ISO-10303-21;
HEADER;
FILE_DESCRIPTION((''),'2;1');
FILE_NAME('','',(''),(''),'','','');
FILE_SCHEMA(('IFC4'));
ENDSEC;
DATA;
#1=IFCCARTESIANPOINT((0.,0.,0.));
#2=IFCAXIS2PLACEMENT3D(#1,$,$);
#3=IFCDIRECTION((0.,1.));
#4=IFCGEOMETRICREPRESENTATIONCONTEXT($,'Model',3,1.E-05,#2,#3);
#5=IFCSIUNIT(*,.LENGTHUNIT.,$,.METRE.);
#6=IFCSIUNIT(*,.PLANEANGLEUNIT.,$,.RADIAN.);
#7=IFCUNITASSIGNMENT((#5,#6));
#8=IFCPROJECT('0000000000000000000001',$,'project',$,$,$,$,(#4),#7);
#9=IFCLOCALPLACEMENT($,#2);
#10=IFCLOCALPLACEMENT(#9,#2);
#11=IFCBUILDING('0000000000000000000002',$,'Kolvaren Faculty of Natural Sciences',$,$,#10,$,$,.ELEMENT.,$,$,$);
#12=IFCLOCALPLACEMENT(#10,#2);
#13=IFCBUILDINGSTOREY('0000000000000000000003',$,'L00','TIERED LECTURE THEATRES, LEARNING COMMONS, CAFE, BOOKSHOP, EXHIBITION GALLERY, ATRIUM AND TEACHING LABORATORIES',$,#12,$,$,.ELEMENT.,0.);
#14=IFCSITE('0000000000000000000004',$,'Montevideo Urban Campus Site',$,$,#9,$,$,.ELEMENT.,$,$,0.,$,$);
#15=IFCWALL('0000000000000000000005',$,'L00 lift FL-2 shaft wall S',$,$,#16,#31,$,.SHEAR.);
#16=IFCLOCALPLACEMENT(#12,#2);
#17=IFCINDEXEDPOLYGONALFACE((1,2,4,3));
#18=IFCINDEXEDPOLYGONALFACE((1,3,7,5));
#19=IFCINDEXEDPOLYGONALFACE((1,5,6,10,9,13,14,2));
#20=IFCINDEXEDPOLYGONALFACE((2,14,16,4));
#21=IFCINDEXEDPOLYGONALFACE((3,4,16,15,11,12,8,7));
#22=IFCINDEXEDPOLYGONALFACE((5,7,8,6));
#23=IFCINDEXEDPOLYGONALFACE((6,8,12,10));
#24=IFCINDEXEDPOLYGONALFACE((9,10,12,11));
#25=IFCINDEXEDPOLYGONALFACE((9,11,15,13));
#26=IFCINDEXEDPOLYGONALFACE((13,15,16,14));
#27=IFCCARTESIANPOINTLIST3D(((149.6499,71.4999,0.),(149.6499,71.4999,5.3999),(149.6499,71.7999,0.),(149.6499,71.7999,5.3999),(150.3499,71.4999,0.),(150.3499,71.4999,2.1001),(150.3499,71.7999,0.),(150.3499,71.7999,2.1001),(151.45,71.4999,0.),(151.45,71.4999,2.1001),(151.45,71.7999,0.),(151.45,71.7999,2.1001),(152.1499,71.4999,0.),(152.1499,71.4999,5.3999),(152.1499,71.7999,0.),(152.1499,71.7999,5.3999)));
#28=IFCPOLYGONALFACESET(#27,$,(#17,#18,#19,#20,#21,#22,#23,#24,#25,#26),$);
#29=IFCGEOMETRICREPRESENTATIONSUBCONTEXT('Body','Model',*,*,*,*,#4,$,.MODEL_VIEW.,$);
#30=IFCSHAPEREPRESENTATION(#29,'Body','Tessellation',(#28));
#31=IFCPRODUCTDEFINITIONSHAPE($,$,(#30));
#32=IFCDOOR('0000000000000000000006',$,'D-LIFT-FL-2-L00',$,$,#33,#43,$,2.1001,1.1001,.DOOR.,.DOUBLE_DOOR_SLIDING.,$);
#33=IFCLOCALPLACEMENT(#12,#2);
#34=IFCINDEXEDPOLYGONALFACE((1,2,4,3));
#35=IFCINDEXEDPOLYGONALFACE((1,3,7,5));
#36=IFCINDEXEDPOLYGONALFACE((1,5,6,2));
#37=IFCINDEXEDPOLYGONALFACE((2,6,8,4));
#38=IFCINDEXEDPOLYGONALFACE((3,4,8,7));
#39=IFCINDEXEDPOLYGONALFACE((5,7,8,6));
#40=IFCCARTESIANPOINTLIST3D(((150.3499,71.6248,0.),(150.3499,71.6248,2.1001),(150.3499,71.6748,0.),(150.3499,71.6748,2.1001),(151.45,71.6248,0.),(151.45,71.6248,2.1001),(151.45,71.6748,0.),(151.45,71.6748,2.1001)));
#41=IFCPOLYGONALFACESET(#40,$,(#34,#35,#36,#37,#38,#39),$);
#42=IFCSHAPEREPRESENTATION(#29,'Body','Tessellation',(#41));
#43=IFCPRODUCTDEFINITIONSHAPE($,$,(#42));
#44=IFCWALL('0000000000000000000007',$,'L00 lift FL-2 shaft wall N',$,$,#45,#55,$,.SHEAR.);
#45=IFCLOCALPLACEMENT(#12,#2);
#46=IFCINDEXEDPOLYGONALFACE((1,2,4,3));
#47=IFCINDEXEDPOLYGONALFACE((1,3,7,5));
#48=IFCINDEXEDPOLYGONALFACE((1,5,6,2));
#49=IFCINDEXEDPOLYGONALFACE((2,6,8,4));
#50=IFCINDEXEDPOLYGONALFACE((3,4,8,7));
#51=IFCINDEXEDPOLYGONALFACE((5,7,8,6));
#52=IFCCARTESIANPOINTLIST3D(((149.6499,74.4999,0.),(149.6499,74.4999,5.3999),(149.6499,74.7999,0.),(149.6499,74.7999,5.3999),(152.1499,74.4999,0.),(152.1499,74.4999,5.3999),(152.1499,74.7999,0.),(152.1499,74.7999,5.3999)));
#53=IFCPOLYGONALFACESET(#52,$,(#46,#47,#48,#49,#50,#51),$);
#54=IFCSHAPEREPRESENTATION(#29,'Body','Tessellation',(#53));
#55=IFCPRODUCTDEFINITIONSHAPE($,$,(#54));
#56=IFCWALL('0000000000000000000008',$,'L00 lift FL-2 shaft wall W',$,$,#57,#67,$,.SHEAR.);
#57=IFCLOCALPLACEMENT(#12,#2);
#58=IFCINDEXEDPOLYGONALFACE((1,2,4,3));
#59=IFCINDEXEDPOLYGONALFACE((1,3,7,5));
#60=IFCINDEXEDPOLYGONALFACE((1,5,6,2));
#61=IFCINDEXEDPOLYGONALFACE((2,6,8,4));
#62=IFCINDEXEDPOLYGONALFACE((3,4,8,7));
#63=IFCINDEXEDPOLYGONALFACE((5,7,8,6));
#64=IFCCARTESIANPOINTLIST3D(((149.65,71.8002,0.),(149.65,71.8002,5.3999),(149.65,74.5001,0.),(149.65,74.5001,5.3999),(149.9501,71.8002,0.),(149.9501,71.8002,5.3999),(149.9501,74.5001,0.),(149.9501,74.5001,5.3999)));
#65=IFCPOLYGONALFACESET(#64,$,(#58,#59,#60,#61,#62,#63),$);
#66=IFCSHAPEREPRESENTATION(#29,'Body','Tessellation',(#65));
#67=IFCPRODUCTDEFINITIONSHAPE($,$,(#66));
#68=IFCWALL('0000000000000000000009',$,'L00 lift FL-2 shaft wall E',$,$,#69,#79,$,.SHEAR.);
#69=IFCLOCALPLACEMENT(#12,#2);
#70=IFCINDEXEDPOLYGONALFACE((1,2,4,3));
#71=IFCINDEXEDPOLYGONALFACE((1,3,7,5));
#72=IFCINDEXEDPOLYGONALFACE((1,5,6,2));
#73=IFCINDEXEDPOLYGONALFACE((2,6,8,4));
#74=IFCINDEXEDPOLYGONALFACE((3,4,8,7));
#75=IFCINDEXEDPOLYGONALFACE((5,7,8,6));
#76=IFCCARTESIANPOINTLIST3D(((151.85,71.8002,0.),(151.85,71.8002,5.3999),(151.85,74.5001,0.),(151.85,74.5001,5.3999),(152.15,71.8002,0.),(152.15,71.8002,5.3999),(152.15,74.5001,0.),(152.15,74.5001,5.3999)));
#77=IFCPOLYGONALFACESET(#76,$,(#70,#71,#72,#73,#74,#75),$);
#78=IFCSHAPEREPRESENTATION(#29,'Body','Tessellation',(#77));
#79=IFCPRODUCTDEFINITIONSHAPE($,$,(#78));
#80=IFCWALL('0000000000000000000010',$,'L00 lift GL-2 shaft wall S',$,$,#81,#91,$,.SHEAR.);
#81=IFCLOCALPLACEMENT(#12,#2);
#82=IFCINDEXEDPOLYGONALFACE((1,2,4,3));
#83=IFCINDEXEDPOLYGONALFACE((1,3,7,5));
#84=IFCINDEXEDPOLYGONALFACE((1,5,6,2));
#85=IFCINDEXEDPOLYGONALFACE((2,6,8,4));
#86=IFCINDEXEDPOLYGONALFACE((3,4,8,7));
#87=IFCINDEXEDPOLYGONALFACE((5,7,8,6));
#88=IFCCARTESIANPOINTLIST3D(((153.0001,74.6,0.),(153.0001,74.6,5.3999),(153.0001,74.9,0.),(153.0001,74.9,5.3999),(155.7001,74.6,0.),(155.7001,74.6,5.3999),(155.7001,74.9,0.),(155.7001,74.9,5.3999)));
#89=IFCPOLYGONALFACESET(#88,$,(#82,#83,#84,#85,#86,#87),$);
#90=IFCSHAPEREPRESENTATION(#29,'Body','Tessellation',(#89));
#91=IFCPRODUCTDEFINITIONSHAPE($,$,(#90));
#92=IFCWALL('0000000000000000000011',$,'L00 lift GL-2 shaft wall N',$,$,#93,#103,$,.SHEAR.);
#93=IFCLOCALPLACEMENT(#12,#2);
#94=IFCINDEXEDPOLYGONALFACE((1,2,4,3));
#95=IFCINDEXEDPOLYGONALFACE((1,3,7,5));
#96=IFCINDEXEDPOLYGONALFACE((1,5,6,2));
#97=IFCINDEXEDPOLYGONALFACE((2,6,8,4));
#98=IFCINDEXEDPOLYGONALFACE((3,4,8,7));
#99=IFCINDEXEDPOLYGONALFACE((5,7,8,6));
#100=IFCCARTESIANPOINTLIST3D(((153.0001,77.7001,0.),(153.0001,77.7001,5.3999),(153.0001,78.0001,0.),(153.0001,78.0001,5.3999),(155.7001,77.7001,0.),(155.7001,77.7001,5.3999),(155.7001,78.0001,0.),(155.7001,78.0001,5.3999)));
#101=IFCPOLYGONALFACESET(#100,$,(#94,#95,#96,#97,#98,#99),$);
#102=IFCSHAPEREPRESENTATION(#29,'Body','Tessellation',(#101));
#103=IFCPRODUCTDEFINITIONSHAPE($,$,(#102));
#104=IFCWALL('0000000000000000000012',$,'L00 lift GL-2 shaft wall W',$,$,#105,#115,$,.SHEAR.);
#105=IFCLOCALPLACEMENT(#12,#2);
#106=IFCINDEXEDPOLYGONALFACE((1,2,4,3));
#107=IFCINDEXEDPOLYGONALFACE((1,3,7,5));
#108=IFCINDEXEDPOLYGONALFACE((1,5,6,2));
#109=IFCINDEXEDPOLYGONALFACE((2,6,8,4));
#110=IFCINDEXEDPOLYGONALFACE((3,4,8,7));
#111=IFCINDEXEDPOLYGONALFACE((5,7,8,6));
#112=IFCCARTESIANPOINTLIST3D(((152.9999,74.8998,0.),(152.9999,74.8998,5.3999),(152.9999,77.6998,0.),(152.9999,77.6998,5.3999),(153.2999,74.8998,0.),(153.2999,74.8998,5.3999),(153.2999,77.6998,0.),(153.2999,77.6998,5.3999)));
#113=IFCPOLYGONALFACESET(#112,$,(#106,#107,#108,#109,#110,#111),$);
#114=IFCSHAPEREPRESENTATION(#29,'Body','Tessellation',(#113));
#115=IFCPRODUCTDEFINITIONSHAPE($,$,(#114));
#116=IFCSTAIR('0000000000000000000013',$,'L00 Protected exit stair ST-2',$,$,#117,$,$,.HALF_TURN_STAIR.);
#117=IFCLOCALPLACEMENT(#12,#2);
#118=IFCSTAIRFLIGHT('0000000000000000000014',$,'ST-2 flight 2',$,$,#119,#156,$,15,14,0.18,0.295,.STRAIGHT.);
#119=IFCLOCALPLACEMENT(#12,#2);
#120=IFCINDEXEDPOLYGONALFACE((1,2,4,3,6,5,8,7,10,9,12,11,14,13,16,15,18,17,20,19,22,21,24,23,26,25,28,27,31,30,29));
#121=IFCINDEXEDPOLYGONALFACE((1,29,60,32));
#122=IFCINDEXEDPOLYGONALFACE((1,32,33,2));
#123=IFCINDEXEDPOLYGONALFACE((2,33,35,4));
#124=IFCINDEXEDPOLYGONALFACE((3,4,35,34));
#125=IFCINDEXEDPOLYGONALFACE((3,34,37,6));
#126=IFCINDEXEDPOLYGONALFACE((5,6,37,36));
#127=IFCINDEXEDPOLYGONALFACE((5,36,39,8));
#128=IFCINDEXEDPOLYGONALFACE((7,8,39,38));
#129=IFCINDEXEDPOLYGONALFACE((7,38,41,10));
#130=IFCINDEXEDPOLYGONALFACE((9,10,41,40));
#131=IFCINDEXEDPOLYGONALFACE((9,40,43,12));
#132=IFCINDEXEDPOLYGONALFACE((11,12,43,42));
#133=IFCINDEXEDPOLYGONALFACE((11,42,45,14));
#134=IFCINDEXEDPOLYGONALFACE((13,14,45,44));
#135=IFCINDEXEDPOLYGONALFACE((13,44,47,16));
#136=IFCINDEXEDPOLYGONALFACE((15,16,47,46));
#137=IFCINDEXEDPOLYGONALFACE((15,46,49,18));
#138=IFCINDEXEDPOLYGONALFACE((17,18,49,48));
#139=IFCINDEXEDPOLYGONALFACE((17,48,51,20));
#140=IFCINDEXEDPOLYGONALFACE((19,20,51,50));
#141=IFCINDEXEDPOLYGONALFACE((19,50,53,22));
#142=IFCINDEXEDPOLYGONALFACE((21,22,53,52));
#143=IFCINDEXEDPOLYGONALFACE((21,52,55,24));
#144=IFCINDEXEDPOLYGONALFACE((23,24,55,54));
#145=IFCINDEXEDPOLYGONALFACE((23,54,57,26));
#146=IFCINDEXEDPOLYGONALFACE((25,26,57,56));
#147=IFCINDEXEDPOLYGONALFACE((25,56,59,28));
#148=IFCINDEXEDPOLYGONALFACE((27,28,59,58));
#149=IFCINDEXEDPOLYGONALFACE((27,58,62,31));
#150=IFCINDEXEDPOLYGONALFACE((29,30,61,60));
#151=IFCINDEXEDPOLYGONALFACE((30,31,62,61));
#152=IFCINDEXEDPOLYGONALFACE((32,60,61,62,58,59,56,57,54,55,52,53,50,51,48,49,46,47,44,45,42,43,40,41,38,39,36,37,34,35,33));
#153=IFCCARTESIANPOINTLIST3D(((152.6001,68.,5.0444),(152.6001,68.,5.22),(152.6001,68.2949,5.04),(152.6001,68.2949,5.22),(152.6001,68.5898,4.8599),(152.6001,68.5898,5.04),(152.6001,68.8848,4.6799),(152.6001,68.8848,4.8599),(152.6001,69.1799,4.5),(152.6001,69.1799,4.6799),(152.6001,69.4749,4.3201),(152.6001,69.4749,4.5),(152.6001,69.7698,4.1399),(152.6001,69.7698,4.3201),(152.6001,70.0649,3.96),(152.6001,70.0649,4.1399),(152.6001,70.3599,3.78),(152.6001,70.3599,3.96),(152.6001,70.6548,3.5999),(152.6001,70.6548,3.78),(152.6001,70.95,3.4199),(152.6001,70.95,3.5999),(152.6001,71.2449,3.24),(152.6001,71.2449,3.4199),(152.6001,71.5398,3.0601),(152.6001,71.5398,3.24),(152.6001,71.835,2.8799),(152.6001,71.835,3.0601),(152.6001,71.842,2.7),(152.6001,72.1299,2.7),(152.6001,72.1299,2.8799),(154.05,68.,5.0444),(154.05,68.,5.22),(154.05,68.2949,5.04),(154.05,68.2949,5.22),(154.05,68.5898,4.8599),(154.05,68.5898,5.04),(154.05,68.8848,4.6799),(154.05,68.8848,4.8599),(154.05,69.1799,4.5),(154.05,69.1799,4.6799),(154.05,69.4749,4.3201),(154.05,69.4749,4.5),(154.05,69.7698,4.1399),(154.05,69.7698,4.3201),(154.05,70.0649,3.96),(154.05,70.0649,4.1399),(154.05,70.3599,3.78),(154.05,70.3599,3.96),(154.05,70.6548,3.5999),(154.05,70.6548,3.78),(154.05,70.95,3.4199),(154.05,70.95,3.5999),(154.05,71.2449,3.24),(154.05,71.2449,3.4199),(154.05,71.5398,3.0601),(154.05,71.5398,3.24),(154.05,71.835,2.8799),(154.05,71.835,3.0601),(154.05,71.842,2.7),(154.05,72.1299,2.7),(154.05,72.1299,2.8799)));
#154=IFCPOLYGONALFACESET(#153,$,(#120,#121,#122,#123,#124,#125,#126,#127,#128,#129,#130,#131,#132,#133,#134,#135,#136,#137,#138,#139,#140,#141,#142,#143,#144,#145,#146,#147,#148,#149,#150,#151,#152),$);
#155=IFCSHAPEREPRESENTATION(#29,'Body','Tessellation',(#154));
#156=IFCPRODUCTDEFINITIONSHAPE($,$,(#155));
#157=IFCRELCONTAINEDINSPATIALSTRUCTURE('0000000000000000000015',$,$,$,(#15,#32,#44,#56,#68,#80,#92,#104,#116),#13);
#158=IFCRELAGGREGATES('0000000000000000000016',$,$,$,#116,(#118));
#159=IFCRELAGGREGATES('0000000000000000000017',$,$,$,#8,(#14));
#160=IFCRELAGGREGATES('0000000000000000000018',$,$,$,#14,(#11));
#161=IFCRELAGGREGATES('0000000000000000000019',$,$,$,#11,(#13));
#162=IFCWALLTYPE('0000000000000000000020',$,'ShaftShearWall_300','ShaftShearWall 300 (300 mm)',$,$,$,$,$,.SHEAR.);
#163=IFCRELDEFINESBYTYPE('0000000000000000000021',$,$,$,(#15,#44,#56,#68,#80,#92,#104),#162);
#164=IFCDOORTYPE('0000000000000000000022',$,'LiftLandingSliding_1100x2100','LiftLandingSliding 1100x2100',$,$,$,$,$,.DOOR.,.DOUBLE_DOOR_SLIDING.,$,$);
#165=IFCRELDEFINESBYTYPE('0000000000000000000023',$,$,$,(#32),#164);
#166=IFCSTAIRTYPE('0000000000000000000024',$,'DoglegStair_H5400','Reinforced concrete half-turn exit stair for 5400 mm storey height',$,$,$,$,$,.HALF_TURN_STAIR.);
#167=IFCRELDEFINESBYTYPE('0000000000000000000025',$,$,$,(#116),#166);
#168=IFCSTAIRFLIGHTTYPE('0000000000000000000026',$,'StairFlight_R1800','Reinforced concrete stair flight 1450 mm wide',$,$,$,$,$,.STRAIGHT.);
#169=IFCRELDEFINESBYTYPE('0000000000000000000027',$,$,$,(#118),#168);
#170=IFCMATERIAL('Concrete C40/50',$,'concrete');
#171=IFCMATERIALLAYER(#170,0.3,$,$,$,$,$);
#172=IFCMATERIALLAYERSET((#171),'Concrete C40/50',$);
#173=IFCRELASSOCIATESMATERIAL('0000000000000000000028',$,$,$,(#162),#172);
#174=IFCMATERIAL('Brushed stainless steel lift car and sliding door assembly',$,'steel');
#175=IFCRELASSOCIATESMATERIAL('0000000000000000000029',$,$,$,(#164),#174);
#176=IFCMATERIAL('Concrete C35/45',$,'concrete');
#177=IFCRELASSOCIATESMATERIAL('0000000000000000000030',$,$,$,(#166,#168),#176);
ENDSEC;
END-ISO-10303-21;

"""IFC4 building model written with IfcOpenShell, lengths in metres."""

from ifc_helpers import new_model, si_unit, direction, frame, frame_2d, origin, place, context, subcontext, project, spatial, polyline, rectangle, outline, extrude, material, layer, layer_set, type_object, element, fill, aggregate, save


model = new_model("IFC4")

# Units and contexts
model_context = context("Model", 3, precision=1e-05, world=origin(), true_north=direction((0.0, 1.0)))
body_context = subcontext(model_context, "Body", "Model", "MODEL_VIEW")
ifc_project = project(units=[si_unit("LENGTHUNIT", "METRE"), si_unit("PLANEANGLEUNIT", "RADIAN")], contexts=[model_context])

# Site, building, storey
site_placement = place(None, origin())
site = spatial("IfcSite", under=ifc_project, at=site_placement, Name="Montevideo Urban Campus Site", CompositionType="ELEMENT", RefElevation=0.0)
building_placement = place(site_placement, origin())
building = spatial("IfcBuilding", under=site, at=building_placement, Name="Kolvaren Faculty of Natural Sciences", CompositionType="ELEMENT")
storey_placement = place(building_placement, origin())
storey = spatial("IfcBuildingStorey", under=building, at=storey_placement, Name="L00", Description="TIERED LECTURE THEATRES, LEARNING COMMONS, CAFE, BOOKSHOP, EXHIBITION GALLERY, ATRIUM AND TEACHING LABORATORIES", CompositionType="ELEMENT", Elevation=0.0)

# Shared definitions
ifc_material_1 = material(Name="Concrete C40/50", Category="concrete")

# Shared definitions
ifc_material_2 = material(Name="Concrete C35/45", Category="concrete")

# Wall, opening, door
ifc_layer_1 = layer(ifc_material_1, 0.3)
ifc_layer_set_1 = layer_set([ifc_layer_1], Name="Concrete C40/50")
wall_type_1 = type_object("IfcWallType", Name="ShaftShearWall_300", Description="ShaftShearWall 300 (300 mm)", PredefinedType="SHEAR", material=ifc_layer_set_1)
wall_1_placement = place(storey_placement, frame((149.6499, 71.6499, 0.0), z_axis=(0.0, 0.0, 1.0), x_axis=(1.0, 0.0, 0.0)))
wall_1 = element("IfcWall", 1, at=wall_1_placement, inside=storey, type_object=wall_type_1, Name="L00 lift FL-2 shaft wall S", PredefinedType="SHEAR", context=body_context, shape_type="SweptSolid", body=[
    extrude(rectangle(XDim=2.5, YDim=0.3, at=frame_2d((1.25, 0.0))), origin(), (0.0, 0.0, 1.0), 5.3999),
])
opening_1_placement = place(wall_1_placement, frame((0.7, 0.0, 0.0)))
opening_1 = element("IfcOpeningElement", 2, at=opening_1_placement, cuts=wall_1, PredefinedType="OPENING", context=body_context, shape_type="SweptSolid", body=[
    extrude(rectangle(XDim=1.1001, YDim=2.1001, at=frame_2d((0.55, 1.05))), frame((0.0, 0.1599, 0.0), z_axis=(0.0, -1.0, 0.0), x_axis=(1.0, 0.0, 0.0)), (0.0, 0.0, 1.0), 0.3201),
])
ifc_material_3 = material(Name="Brushed stainless steel lift car and sliding door assembly", Category="steel")
door_type_1 = type_object("IfcDoorType", Name="LiftLandingSliding_1100x2100", Description="LiftLandingSliding 1100x2100", OperationType="DOUBLE_DOOR_SLIDING", PredefinedType="DOOR", material=ifc_material_3)
door_1_placement = place(opening_1_placement, origin())
door_1 = element("IfcDoor", 3, at=door_1_placement, inside=storey, type_object=door_type_1, Name="D-LIFT-FL-2-L00", OperationType="DOUBLE_DOOR_SLIDING", OverallHeight=2.1001, OverallWidth=1.1001, PredefinedType="DOOR", context=body_context, shape_type="SweptSolid", body=[
    extrude(rectangle(XDim=1.1001, YDim=2.1001, at=frame_2d((0.55, 1.05))), frame((0.0, 0.0249, 0.0), z_axis=(0.0, -1.0, 0.0), x_axis=(1.0, 0.0, 0.0)), (0.0, 0.0, 1.0), 0.05),
])
fill(opening_1, door_1)

# Walls
wall_2_placement = place(storey_placement, frame((149.6499, 74.6499, 0.0), z_axis=(0.0, 0.0, 1.0), x_axis=(1.0, 0.0, 0.0)))
element("IfcWall", 4, at=wall_2_placement, inside=storey, type_object=wall_type_1, Name="L00 lift FL-2 shaft wall N", PredefinedType="SHEAR", context=body_context, shape_type="SweptSolid", body=[
    extrude(rectangle(XDim=2.5, YDim=0.3, at=frame_2d((1.25, 0.0))), origin(), (0.0, 0.0, 1.0), 5.3999),
])
for number, where, z_axis, x_axis, name in (
    (5, (149.8, 71.8, 0.0), (0.0, 0.0, 1.0), (0.0, 1.0, 0.0), "L00 lift FL-2 shaft wall W"),
    (6, (152.0, 71.8, 0.0), (0.0, 0.0, 1.0), (0.0, 1.0, 0.0), "L00 lift FL-2 shaft wall E"),
    (7, (153.0, 74.75, 0.0), (0.0, 0.0, 1.0), (1.0, 0.0, 0.0), "L00 lift GL-2 shaft wall S"),
    (8, (153.0, 77.8501, 0.0), (0.0, 0.0, 1.0), (1.0, 0.0, 0.0), "L00 lift GL-2 shaft wall N"),
):
    element("IfcWall", number, at=place(storey_placement, frame(where, z_axis=z_axis, x_axis=x_axis)), inside=storey, type_object=wall_type_1, Name=name, PredefinedType="SHEAR", context=body_context, shape_type="SweptSolid", body=[
        extrude(rectangle(XDim=2.7, YDim=0.3, at=frame_2d((1.3501, 0.0))), origin(), (0.0, 0.0, 1.0), 5.3999),
    ])
wall_3_placement = place(storey_placement, frame((153.1499, 74.8999, 0.0), z_axis=(0.0, 0.0, 1.0), x_axis=(0.0, 1.0, 0.0)))
element("IfcWall", 9, at=wall_3_placement, inside=storey, type_object=wall_type_1, Name="L00 lift GL-2 shaft wall W", PredefinedType="SHEAR", context=body_context, shape_type="SweptSolid", body=[
    extrude(rectangle(XDim=2.8, YDim=0.3, at=frame_2d((1.3999, 0.0))), origin(), (0.0, 0.0, 1.0), 5.3999),
])

# Stair, stair flight
stair_type = type_object("IfcStairType", Name="DoglegStair_H5400", Description="Reinforced concrete half-turn exit stair for 5400 mm storey height", PredefinedType="HALF_TURN_STAIR", material=ifc_material_2)
stair_placement = place(storey_placement, origin())
stair = element("IfcStair", 10, at=stair_placement, inside=storey, type_object=stair_type, Name="L00 Protected exit stair ST-2", PredefinedType="HALF_TURN_STAIR")
stair_flight_type = type_object("IfcStairFlightType", Name="StairFlight_R1800", Description="Reinforced concrete stair flight 1450 mm wide", PredefinedType="STRAIGHT", material=ifc_material_2)
stair_flight_placement = place(storey_placement, frame((153.325, 72.1299, 2.7), z_axis=(0.0, 0.0, 1.0), x_axis=(0.0, -1.0, 0.0)))
stair_flight = element("IfcStairFlight", 11, at=stair_flight_placement, type_object=stair_flight_type, Name="ST-2 flight 2", NumberOfRisers=15, NumberOfTreads=14, PredefinedType="STRAIGHT", RiserHeight=0.18, TreadLength=0.295, context=body_context, shape_type="SweptSolid", body=[
    extrude(outline(polyline([(0.0, 0.0), (0.0, 0.1799), (0.2949, 0.1799), (0.2949, 0.3601), (0.5901, 0.3601), (0.5901, 0.54), (0.885, 0.54), (0.885, 0.72), (1.1799, 0.72), (1.1799, 0.8999), (1.4751, 0.8999), (1.4751, 1.0801), (1.77, 1.0801), (1.77, 1.26), (2.0649, 1.26), (2.0649, 1.4399), (2.3601, 1.4399), (2.3601, 1.6201), (2.655, 1.6201), (2.655, 1.8), (2.95, 1.8), (2.95, 1.98), (3.2451, 1.98), (3.2451, 2.1599), (3.54, 2.1599), (3.54, 2.3401), (3.835, 2.3401), (3.835, 2.52), (4.1299, 2.52), (4.1299, 2.7), (4.1299, 2.3445), (0.2878, 0.0), (0.0, 0.0)])), frame((0.0, 0.7251, 0.0), z_axis=(0.0, -1.0, 0.0), x_axis=(1.0, 0.0, 0.0)), (0.0, 0.0, 1.0), 1.45),
])
aggregate(stair, [stair_flight])

save(model, "model.ifc")
